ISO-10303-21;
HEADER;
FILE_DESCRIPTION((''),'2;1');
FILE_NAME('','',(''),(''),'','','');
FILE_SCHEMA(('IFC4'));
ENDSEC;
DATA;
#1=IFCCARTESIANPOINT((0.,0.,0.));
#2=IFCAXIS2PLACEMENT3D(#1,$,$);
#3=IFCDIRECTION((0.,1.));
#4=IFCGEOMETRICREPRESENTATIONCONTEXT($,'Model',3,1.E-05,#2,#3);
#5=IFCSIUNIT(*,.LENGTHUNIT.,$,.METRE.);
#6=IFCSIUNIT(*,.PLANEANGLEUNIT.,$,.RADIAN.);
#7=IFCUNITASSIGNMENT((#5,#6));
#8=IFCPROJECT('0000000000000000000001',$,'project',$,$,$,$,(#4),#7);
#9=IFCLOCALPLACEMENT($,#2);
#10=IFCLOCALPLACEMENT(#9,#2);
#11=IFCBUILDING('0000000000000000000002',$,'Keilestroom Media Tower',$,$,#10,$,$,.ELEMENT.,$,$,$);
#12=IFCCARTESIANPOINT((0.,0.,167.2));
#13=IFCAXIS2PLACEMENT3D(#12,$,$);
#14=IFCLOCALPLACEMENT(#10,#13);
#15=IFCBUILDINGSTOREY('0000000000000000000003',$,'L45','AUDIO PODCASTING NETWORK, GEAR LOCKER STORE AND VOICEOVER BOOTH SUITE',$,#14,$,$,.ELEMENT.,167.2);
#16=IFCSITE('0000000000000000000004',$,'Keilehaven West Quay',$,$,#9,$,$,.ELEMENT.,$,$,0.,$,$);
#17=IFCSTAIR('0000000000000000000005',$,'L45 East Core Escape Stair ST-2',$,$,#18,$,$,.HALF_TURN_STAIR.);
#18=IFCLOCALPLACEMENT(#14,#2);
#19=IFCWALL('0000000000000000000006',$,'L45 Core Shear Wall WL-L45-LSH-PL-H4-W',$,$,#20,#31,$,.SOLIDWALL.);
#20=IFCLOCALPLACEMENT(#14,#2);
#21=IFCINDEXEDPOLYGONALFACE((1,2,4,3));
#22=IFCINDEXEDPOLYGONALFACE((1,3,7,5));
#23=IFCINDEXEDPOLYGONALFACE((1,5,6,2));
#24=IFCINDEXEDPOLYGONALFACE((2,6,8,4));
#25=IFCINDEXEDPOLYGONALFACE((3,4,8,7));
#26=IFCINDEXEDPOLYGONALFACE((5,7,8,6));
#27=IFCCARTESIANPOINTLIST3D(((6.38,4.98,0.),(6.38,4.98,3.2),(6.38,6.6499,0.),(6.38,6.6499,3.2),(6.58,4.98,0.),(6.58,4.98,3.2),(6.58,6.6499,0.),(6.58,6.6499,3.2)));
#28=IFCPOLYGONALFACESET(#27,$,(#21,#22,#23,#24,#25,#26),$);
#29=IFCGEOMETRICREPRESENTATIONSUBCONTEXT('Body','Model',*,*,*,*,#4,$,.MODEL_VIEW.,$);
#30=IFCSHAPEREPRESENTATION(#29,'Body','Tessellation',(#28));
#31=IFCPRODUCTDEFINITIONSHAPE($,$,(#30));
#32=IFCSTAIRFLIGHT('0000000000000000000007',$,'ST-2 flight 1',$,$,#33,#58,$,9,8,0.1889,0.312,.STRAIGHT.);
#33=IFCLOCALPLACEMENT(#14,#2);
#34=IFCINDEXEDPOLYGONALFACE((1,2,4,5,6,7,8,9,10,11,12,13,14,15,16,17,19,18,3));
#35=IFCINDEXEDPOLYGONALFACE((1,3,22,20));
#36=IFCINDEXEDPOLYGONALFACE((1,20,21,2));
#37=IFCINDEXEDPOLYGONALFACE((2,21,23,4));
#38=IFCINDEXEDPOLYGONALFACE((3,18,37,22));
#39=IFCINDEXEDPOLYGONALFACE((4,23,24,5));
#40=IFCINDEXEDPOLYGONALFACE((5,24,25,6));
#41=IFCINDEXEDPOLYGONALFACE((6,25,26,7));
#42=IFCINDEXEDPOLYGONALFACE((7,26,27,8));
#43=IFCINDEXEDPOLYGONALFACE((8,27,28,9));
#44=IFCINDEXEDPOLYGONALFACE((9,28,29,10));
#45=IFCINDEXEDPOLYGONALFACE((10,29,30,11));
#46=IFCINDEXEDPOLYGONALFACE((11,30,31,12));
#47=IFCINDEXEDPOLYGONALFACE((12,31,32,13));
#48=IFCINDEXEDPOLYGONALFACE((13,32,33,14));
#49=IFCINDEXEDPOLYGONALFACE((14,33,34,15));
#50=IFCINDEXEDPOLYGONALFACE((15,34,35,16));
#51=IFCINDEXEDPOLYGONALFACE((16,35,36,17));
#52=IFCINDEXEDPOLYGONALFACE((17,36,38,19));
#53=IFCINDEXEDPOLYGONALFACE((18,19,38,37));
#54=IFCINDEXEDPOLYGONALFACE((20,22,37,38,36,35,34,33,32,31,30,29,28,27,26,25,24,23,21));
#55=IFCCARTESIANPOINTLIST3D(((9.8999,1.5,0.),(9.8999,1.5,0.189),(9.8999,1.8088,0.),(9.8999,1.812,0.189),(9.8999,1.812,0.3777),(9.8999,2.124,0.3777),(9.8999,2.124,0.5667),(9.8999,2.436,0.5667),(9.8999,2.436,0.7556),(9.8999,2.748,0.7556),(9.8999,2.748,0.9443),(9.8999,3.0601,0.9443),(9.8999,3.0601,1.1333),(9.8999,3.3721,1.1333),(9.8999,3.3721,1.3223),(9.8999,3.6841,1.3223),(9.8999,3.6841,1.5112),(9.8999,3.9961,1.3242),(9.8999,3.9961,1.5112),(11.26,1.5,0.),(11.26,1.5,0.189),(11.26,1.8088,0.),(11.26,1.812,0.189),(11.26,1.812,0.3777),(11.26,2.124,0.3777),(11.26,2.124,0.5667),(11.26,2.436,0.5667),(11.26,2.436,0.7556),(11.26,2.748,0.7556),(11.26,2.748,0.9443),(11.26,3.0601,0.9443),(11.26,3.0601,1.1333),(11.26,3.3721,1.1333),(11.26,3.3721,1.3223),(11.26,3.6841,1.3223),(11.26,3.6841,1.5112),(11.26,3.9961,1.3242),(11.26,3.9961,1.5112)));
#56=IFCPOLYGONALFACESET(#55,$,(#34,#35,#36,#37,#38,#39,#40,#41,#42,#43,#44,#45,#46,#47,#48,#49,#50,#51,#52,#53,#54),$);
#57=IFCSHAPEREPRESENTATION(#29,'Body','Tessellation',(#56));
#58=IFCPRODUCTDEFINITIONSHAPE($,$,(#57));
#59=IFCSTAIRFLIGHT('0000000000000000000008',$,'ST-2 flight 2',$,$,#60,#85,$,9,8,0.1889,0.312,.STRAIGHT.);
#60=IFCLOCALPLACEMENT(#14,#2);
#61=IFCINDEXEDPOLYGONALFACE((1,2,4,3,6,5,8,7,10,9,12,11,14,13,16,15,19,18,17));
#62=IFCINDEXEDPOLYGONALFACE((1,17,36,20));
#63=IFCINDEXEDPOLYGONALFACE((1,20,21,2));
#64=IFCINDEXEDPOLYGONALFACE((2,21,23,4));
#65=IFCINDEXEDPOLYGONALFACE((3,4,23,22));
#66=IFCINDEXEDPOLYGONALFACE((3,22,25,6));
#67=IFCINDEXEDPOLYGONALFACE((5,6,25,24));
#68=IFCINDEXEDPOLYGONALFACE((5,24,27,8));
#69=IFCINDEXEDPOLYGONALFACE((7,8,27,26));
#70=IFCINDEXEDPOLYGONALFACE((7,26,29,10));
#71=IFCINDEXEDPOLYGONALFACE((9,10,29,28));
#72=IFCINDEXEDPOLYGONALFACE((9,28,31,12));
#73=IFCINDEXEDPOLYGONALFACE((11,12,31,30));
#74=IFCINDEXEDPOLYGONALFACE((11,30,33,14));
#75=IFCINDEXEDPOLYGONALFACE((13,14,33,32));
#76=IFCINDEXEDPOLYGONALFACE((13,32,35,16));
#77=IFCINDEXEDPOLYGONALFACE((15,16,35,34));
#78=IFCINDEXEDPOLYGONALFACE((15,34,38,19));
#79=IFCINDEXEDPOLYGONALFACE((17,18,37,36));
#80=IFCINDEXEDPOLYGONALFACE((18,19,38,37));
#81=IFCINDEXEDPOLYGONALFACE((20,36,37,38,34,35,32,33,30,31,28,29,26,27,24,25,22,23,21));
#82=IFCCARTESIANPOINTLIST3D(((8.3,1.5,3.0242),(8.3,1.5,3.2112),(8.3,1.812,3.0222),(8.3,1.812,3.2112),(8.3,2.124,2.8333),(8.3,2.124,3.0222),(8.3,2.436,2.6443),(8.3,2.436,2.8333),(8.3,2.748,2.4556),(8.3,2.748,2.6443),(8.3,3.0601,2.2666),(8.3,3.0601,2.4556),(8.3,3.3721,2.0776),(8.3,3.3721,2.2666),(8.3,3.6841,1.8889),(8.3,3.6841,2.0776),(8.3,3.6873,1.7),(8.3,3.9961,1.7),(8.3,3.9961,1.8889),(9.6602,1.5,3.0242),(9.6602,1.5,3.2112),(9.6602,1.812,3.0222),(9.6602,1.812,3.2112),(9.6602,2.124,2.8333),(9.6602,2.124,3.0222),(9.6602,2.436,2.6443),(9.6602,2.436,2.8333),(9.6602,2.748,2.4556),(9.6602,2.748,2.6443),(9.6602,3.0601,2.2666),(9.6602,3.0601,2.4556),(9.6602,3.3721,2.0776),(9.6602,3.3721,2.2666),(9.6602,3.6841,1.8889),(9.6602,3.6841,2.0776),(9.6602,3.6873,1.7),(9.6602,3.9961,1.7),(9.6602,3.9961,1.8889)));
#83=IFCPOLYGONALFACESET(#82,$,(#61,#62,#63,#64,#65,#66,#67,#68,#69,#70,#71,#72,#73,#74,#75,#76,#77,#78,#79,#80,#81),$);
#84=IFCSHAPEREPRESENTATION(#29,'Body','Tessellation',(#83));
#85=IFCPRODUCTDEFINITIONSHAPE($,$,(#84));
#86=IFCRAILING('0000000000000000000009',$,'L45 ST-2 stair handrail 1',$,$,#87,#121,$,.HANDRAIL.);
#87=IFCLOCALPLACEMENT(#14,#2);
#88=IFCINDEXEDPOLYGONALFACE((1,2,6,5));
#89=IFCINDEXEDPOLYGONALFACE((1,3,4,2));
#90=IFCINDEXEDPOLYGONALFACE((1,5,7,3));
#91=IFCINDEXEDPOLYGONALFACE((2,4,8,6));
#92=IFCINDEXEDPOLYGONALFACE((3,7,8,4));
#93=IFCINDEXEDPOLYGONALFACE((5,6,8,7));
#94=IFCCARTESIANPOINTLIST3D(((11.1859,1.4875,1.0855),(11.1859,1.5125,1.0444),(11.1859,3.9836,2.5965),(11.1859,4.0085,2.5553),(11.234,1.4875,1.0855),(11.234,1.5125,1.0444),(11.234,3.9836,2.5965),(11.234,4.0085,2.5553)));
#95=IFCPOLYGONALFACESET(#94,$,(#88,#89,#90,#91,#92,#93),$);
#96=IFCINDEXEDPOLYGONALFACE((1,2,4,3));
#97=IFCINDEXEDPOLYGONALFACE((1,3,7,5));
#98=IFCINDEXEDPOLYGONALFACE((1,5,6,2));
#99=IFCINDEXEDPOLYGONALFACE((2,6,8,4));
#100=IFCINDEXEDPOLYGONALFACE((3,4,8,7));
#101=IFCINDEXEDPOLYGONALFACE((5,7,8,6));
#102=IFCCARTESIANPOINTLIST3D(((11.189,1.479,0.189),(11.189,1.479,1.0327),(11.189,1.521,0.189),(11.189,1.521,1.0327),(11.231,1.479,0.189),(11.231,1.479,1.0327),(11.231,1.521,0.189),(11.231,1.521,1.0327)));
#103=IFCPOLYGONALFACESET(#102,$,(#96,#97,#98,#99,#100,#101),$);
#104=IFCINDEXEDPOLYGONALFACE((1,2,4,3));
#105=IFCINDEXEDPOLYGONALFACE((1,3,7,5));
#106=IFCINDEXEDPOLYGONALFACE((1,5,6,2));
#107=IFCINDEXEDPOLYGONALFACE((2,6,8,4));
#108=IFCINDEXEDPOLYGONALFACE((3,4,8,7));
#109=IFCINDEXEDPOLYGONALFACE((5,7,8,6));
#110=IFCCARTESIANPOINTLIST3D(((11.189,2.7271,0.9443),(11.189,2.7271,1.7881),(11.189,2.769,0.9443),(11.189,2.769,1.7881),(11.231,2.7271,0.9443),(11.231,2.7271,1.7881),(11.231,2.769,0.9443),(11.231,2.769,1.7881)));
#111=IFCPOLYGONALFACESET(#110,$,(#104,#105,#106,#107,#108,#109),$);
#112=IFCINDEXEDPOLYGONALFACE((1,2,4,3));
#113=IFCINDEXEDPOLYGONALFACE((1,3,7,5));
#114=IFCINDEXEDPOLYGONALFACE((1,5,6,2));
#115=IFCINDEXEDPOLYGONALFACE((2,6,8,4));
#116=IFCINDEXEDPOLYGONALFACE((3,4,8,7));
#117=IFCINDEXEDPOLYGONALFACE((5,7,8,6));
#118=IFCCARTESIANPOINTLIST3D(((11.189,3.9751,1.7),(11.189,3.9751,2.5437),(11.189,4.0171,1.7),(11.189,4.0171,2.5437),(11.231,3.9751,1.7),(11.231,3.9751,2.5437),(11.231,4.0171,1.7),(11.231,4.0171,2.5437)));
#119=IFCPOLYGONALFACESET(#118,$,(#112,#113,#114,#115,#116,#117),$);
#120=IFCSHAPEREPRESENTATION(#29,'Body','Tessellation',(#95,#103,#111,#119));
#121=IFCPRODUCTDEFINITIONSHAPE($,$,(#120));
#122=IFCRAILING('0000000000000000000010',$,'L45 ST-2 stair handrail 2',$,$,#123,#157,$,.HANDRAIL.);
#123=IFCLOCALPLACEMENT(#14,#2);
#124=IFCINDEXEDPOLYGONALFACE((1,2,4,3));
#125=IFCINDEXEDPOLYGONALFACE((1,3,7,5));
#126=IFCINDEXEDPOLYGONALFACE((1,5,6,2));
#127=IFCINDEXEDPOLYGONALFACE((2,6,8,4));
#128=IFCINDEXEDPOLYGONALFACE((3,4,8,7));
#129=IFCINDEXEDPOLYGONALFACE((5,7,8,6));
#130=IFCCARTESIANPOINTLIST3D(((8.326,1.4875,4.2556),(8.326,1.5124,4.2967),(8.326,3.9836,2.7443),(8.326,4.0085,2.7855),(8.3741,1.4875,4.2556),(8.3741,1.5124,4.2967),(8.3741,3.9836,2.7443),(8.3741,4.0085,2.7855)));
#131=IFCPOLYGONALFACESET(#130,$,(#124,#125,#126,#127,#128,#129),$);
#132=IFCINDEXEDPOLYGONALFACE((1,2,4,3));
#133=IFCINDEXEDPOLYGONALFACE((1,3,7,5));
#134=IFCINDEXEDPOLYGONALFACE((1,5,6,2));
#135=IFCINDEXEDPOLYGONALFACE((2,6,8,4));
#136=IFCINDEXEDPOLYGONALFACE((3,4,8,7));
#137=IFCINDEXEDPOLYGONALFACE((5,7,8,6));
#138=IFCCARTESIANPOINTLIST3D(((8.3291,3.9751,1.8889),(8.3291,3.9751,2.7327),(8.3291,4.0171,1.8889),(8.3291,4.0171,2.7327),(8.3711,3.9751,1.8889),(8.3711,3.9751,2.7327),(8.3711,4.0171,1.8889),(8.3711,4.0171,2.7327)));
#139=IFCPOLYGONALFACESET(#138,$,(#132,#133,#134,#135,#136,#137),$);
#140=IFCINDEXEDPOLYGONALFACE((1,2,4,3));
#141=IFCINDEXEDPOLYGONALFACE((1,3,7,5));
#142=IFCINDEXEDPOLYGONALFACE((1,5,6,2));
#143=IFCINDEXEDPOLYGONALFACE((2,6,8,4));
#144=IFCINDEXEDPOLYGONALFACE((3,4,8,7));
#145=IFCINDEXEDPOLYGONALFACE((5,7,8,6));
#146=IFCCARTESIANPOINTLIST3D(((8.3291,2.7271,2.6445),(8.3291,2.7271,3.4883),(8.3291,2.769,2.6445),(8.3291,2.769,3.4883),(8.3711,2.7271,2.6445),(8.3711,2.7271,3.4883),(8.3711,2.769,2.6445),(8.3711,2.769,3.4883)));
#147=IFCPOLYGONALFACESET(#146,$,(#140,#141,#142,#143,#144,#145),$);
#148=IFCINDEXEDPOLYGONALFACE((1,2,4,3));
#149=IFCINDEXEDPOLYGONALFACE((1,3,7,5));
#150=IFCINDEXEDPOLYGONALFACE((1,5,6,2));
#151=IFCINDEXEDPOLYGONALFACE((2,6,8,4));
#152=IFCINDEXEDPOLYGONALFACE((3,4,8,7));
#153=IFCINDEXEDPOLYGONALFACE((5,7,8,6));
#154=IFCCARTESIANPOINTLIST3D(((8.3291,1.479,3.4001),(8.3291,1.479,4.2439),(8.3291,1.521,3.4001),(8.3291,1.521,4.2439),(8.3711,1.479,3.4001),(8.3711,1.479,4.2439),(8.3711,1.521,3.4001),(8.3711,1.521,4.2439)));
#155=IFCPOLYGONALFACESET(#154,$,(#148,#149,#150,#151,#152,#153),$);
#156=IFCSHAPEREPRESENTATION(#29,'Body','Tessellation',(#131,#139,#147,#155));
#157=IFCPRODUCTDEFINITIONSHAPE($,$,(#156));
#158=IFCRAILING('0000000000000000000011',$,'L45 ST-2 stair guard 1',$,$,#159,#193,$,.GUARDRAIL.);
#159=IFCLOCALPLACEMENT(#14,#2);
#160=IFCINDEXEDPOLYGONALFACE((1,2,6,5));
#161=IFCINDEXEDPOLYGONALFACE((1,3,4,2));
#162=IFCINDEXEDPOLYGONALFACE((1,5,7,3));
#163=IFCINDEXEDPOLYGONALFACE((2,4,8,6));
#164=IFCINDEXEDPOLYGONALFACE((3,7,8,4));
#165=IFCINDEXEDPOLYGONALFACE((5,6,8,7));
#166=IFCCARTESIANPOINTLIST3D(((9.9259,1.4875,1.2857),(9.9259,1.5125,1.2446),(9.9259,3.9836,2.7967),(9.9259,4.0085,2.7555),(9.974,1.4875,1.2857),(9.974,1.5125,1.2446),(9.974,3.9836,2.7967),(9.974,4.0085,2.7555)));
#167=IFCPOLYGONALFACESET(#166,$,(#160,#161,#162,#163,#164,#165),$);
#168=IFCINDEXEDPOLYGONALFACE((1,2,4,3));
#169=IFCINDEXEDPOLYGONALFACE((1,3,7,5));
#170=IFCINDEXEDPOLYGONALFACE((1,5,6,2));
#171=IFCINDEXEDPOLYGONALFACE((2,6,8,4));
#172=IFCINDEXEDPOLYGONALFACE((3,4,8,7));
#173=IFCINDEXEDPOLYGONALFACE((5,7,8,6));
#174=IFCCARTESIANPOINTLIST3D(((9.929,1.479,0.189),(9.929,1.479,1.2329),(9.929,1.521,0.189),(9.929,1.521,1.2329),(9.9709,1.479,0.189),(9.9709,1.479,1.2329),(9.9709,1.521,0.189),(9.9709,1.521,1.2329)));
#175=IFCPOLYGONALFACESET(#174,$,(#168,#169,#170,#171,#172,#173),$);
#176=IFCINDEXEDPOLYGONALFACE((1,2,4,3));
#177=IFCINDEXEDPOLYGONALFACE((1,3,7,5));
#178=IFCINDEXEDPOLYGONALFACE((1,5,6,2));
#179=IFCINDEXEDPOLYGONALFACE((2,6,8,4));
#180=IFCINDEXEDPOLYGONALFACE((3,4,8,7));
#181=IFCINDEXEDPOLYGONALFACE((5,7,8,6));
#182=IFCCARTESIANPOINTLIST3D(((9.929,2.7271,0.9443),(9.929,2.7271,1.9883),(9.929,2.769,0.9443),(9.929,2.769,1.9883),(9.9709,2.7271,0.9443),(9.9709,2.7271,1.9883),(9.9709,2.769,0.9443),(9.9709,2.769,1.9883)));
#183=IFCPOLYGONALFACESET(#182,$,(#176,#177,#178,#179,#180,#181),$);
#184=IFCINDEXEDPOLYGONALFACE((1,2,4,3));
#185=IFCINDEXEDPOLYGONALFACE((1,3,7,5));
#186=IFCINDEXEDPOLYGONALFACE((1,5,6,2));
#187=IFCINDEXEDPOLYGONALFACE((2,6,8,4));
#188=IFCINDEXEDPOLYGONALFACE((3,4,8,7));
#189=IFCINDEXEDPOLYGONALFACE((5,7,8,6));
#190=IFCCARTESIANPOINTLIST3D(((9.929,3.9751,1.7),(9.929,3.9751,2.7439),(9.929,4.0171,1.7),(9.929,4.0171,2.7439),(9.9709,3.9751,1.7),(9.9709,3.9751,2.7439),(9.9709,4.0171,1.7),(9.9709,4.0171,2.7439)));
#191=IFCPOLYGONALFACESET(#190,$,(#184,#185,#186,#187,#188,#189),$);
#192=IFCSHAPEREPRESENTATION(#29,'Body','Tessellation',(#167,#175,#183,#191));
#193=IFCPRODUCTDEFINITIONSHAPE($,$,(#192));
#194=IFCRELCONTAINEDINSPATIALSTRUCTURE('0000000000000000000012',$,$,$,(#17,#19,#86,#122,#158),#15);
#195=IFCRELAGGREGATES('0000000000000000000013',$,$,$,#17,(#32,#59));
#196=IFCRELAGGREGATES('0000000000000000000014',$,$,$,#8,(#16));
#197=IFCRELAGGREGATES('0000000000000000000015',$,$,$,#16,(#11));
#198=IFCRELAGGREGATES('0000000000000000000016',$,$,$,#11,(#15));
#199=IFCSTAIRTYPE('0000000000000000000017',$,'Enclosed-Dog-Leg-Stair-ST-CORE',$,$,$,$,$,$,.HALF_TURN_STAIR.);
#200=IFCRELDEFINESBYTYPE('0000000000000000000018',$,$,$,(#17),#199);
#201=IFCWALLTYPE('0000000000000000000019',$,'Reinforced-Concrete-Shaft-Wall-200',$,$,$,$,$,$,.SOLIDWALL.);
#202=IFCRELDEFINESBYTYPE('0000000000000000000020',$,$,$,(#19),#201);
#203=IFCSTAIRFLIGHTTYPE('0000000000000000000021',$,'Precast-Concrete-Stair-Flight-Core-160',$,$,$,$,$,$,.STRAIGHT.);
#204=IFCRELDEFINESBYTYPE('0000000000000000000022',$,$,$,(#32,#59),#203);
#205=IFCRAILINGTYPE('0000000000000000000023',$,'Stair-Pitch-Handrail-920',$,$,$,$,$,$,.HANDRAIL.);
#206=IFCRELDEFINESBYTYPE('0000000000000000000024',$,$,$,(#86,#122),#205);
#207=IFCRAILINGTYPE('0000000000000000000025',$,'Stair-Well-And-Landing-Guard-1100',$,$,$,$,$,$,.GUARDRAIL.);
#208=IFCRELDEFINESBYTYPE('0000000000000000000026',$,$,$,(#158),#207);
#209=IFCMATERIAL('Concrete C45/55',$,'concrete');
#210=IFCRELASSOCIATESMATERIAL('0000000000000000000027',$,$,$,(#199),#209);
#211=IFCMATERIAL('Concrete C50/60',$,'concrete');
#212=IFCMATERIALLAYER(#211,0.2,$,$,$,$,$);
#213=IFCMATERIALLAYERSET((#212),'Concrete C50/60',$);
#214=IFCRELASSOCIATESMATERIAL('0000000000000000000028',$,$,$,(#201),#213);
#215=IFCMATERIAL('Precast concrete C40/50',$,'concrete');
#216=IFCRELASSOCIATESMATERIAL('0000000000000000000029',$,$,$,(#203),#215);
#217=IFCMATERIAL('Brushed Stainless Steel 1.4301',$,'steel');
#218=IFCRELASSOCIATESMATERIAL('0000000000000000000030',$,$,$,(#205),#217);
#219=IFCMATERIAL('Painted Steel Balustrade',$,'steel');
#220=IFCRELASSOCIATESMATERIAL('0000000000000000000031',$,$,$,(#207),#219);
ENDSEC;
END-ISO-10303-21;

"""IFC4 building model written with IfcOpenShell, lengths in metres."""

from ifc_helpers import new_model, si_unit, direction, frame, frame_2d, origin, origin_2d, place, context, subcontext, project, spatial, polyline, rectangle, outline, extrude, material, layer, layer_set, type_object, element, aggregate, save


model = new_model("IFC4")

# Units and contexts
model_context = context("Model", 3, precision=1e-05, world=origin(), true_north=direction((0.0, 1.0)))
body_context = subcontext(model_context, "Body", "Model", "MODEL_VIEW")
ifc_project = project(units=[si_unit("LENGTHUNIT", "METRE"), si_unit("PLANEANGLEUNIT", "RADIAN")], contexts=[model_context])

# Site, building, storey
site_placement = place(None, origin())
site = spatial("IfcSite", under=ifc_project, at=site_placement, Name="Keilehaven West Quay", CompositionType="ELEMENT", RefElevation=0.0)
building_placement = place(site_placement, origin())
building = spatial("IfcBuilding", under=site, at=building_placement, Name="Keilestroom Media Tower", CompositionType="ELEMENT")
storey_placement = place(building_placement, frame((0.0, 0.0, 167.2)))
storey = spatial("IfcBuildingStorey", under=building, at=storey_placement, Name="L45", Description="AUDIO PODCASTING NETWORK, GEAR LOCKER STORE AND VOICEOVER BOOTH SUITE", CompositionType="ELEMENT", Elevation=167.2)

# Stair
ifc_material_1 = material(Name="Concrete C45/55", Category="concrete")
stair_type = type_object("IfcStairType", Name="Enclosed-Dog-Leg-Stair-ST-CORE", PredefinedType="HALF_TURN_STAIR", material=ifc_material_1)
stair_1_placement = place(storey_placement, origin())
stair_1 = element("IfcStair", 1, at=stair_1_placement, inside=storey, type_object=stair_type, Name="L45 East Core Escape Stair ST-2", PredefinedType="HALF_TURN_STAIR")

# Shared definitions
ifc_material_2 = material(Name="Concrete C50/60", Category="concrete")
ifc_layer_1 = layer(ifc_material_2, 0.2)
ifc_layer_set_1 = layer_set([ifc_layer_1], Name="Concrete C50/60")
wall_type_1 = type_object("IfcWallType", Name="Reinforced-Concrete-Shaft-Wall-200", PredefinedType="SOLIDWALL", material=ifc_layer_set_1)

# Wall
wall_1_placement = place(storey_placement, frame((6.48, 4.98, 0.0), z_axis=(0.0, 0.0, 1.0), x_axis=(0.0, 1.0, 0.0)))
element("IfcWall", 2, at=wall_1_placement, inside=storey, type_object=wall_type_1, Name="L45 Core Shear Wall WL-L45-LSH-PL-H4-W", PredefinedType="SOLIDWALL", context=body_context, shape_type="SweptSolid", body=[
    extrude(rectangle(XDim=1.6699, YDim=0.2, at=frame_2d((0.835, 0.0))), origin(), (0.0, 0.0, 1.0), 3.2),
])

# Stair flights
ifc_material_3 = material(Name="Precast concrete C40/50", Category="concrete")
stair_flight_type = type_object("IfcStairFlightType", Name="Precast-Concrete-Stair-Flight-Core-160", PredefinedType="STRAIGHT", material=ifc_material_3)
stair_flight_1_placement = place(storey_placement, frame((10.5801, 1.5, 0.0), z_axis=(0.0, 0.0, 1.0), x_axis=(0.0, 1.0, 0.0)))
stair_flight_1 = element("IfcStairFlight", 3, at=stair_flight_1_placement, type_object=stair_flight_type, Name="ST-2 flight 1", NumberOfRisers=9, NumberOfTreads=8, PredefinedType="STRAIGHT", RiserHeight=0.1889, TreadLength=0.312, context=body_context, shape_type="SweptSolid", body=[
    extrude(outline(polyline([(0.0, 0.0), (0.0, 0.189), (0.312, 0.189), (0.312, 0.3777), (0.624, 0.3777), (0.624, 0.5667), (0.936, 0.5667), (0.936, 0.7556), (1.248, 0.7556), (1.248, 0.9443), (1.5601, 0.9443), (1.5601, 1.1333), (1.8721, 1.1333), (1.8721, 1.3223), (2.1841, 1.3223), (2.1841, 1.5112), (2.4961, 1.5112), (2.4961, 1.7), (2.4961, 1.3242), (0.3088, 0.0), (0.0, 0.0)])), frame((0.0, 0.6802, 0.0), z_axis=(0.0, -1.0, 0.0), x_axis=(1.0, 0.0, 0.0)), (0.0, 0.0, 1.0), 1.3601),
])
stair_flight_2_placement = place(storey_placement, frame((8.98, 3.9961, 1.7), z_axis=(0.0, 0.0, 1.0), x_axis=(0.0, -1.0, 0.0)))
stair_flight_2 = element("IfcStairFlight", 4, at=stair_flight_2_placement, type_object=stair_flight_type, Name="ST-2 flight 2", NumberOfRisers=9, NumberOfTreads=8, PredefinedType="STRAIGHT", RiserHeight=0.1889, TreadLength=0.312, context=body_context, shape_type="SweptSolid", body=[
    extrude(outline(polyline([(0.0, 0.0), (0.0, 0.189), (0.312, 0.189), (0.312, 0.3777), (0.624, 0.3777), (0.624, 0.5667), (0.936, 0.5667), (0.936, 0.7556), (1.248, 0.7556), (1.248, 0.9443), (1.5601, 0.9443), (1.5601, 1.1333), (1.8721, 1.1333), (1.8721, 1.3223), (2.1841, 1.3223), (2.1841, 1.5112), (2.4961, 1.5112), (2.4961, 1.7), (2.4961, 1.3242), (0.3088, 0.0), (0.0, 0.0)])), frame((0.0, 0.6802, 0.0), z_axis=(0.0, -1.0, 0.0), x_axis=(1.0, 0.0, 0.0)), (0.0, 0.0, 1.0), 1.3601),
])
aggregate(stair_1, [stair_flight_1, stair_flight_2])

# Railings
ifc_material_4 = material(Name="Brushed Stainless Steel 1.4301", Category="steel")
railing_type_1 = type_object("IfcRailingType", Name="Stair-Pitch-Handrail-920", PredefinedType="HANDRAIL", material=ifc_material_4)
railing_1_placement = place(storey_placement, frame((11.21, 1.5, 0.189)))
element("IfcRailing", 5, at=railing_1_placement, inside=storey, type_object=railing_type_1, Name="L45 ST-2 stair handrail 1", PredefinedType="HANDRAIL", context=body_context, shape_type="SweptSolid", body=[
    extrude(rectangle(XDim=0.0481, YDim=0.0481, at=origin_2d()), frame((0.0, 0.0, 0.876), z_axis=(0.0, 0.855471, 0.517851), x_axis=(-1.0, 0.0, 0.0)), (0.0, 0.0, 1.0), 2.9177),
    extrude(rectangle(XDim=0.042, YDim=0.042, at=origin_2d()), origin(), (0.0, 0.0, 1.0), 0.8438),
    extrude(rectangle(XDim=0.042, YDim=0.042, at=origin_2d()), frame((0.0, 1.248, 0.7554)), (0.0, 0.0, 1.0), 0.8438),
    extrude(rectangle(XDim=0.042, YDim=0.042, at=origin_2d()), frame((0.0, 2.4961, 1.511)), (0.0, 0.0, 1.0), 0.8438),
])
railing_2_placement = place(storey_placement, frame((8.3501, 3.9961, 1.8889)))
element("IfcRailing", 6, at=railing_2_placement, inside=storey, type_object=railing_type_1, Name="L45 ST-2 stair handrail 2", PredefinedType="HANDRAIL", context=body_context, shape_type="SweptSolid", body=[
    extrude(rectangle(XDim=0.0481, YDim=0.0481, at=origin_2d()), frame((0.0, 0.0, 0.876), z_axis=(0.0, -0.855434, 0.517912), x_axis=(1.0, 0.0, 0.0)), (0.0, 0.0, 1.0), 2.918),
    extrude(rectangle(XDim=0.042, YDim=0.042, at=origin_2d()), origin(), (0.0, 0.0, 1.0), 0.8438),
    extrude(rectangle(XDim=0.042, YDim=0.042, at=origin_2d()), frame((0.0, -1.248, 0.7556)), (0.0, 0.0, 1.0), 0.8438),
    extrude(rectangle(XDim=0.042, YDim=0.042, at=origin_2d()), frame((0.0, -2.4961, 1.5112)), (0.0, 0.0, 1.0), 0.8438),
])
ifc_material_5 = material(Name="Painted Steel Balustrade", Category="steel")
railing_type_2 = type_object("IfcRailingType", Name="Stair-Well-And-Landing-Guard-1100", PredefinedType="GUARDRAIL", material=ifc_material_5)
railing_3_placement = place(storey_placement, frame((9.95, 1.5, 0.189)))
element("IfcRailing", 7, at=railing_3_placement, inside=storey, type_object=railing_type_2, Name="L45 ST-2 stair guard 1", PredefinedType="GUARDRAIL", context=body_context, shape_type="SweptSolid", body=[
    extrude(rectangle(XDim=0.0481, YDim=0.0481, at=origin_2d()), frame((0.0, 0.0, 1.0762), z_axis=(0.0, 0.855471, 0.517851), x_axis=(-1.0, 0.0, 0.0)), (0.0, 0.0, 1.0), 2.9177),
    extrude(rectangle(XDim=0.042, YDim=0.042, at=origin_2d()), origin(), (0.0, 0.0, 1.0), 1.0439),
    extrude(rectangle(XDim=0.042, YDim=0.042, at=origin_2d()), frame((0.0, 1.248, 0.7554)), (0.0, 0.0, 1.0), 1.0439),
    extrude(rectangle(XDim=0.042, YDim=0.042, at=origin_2d()), frame((0.0, 2.4961, 1.511)), (0.0, 0.0, 1.0), 1.0439),
])

save(model, "model.ifc")
